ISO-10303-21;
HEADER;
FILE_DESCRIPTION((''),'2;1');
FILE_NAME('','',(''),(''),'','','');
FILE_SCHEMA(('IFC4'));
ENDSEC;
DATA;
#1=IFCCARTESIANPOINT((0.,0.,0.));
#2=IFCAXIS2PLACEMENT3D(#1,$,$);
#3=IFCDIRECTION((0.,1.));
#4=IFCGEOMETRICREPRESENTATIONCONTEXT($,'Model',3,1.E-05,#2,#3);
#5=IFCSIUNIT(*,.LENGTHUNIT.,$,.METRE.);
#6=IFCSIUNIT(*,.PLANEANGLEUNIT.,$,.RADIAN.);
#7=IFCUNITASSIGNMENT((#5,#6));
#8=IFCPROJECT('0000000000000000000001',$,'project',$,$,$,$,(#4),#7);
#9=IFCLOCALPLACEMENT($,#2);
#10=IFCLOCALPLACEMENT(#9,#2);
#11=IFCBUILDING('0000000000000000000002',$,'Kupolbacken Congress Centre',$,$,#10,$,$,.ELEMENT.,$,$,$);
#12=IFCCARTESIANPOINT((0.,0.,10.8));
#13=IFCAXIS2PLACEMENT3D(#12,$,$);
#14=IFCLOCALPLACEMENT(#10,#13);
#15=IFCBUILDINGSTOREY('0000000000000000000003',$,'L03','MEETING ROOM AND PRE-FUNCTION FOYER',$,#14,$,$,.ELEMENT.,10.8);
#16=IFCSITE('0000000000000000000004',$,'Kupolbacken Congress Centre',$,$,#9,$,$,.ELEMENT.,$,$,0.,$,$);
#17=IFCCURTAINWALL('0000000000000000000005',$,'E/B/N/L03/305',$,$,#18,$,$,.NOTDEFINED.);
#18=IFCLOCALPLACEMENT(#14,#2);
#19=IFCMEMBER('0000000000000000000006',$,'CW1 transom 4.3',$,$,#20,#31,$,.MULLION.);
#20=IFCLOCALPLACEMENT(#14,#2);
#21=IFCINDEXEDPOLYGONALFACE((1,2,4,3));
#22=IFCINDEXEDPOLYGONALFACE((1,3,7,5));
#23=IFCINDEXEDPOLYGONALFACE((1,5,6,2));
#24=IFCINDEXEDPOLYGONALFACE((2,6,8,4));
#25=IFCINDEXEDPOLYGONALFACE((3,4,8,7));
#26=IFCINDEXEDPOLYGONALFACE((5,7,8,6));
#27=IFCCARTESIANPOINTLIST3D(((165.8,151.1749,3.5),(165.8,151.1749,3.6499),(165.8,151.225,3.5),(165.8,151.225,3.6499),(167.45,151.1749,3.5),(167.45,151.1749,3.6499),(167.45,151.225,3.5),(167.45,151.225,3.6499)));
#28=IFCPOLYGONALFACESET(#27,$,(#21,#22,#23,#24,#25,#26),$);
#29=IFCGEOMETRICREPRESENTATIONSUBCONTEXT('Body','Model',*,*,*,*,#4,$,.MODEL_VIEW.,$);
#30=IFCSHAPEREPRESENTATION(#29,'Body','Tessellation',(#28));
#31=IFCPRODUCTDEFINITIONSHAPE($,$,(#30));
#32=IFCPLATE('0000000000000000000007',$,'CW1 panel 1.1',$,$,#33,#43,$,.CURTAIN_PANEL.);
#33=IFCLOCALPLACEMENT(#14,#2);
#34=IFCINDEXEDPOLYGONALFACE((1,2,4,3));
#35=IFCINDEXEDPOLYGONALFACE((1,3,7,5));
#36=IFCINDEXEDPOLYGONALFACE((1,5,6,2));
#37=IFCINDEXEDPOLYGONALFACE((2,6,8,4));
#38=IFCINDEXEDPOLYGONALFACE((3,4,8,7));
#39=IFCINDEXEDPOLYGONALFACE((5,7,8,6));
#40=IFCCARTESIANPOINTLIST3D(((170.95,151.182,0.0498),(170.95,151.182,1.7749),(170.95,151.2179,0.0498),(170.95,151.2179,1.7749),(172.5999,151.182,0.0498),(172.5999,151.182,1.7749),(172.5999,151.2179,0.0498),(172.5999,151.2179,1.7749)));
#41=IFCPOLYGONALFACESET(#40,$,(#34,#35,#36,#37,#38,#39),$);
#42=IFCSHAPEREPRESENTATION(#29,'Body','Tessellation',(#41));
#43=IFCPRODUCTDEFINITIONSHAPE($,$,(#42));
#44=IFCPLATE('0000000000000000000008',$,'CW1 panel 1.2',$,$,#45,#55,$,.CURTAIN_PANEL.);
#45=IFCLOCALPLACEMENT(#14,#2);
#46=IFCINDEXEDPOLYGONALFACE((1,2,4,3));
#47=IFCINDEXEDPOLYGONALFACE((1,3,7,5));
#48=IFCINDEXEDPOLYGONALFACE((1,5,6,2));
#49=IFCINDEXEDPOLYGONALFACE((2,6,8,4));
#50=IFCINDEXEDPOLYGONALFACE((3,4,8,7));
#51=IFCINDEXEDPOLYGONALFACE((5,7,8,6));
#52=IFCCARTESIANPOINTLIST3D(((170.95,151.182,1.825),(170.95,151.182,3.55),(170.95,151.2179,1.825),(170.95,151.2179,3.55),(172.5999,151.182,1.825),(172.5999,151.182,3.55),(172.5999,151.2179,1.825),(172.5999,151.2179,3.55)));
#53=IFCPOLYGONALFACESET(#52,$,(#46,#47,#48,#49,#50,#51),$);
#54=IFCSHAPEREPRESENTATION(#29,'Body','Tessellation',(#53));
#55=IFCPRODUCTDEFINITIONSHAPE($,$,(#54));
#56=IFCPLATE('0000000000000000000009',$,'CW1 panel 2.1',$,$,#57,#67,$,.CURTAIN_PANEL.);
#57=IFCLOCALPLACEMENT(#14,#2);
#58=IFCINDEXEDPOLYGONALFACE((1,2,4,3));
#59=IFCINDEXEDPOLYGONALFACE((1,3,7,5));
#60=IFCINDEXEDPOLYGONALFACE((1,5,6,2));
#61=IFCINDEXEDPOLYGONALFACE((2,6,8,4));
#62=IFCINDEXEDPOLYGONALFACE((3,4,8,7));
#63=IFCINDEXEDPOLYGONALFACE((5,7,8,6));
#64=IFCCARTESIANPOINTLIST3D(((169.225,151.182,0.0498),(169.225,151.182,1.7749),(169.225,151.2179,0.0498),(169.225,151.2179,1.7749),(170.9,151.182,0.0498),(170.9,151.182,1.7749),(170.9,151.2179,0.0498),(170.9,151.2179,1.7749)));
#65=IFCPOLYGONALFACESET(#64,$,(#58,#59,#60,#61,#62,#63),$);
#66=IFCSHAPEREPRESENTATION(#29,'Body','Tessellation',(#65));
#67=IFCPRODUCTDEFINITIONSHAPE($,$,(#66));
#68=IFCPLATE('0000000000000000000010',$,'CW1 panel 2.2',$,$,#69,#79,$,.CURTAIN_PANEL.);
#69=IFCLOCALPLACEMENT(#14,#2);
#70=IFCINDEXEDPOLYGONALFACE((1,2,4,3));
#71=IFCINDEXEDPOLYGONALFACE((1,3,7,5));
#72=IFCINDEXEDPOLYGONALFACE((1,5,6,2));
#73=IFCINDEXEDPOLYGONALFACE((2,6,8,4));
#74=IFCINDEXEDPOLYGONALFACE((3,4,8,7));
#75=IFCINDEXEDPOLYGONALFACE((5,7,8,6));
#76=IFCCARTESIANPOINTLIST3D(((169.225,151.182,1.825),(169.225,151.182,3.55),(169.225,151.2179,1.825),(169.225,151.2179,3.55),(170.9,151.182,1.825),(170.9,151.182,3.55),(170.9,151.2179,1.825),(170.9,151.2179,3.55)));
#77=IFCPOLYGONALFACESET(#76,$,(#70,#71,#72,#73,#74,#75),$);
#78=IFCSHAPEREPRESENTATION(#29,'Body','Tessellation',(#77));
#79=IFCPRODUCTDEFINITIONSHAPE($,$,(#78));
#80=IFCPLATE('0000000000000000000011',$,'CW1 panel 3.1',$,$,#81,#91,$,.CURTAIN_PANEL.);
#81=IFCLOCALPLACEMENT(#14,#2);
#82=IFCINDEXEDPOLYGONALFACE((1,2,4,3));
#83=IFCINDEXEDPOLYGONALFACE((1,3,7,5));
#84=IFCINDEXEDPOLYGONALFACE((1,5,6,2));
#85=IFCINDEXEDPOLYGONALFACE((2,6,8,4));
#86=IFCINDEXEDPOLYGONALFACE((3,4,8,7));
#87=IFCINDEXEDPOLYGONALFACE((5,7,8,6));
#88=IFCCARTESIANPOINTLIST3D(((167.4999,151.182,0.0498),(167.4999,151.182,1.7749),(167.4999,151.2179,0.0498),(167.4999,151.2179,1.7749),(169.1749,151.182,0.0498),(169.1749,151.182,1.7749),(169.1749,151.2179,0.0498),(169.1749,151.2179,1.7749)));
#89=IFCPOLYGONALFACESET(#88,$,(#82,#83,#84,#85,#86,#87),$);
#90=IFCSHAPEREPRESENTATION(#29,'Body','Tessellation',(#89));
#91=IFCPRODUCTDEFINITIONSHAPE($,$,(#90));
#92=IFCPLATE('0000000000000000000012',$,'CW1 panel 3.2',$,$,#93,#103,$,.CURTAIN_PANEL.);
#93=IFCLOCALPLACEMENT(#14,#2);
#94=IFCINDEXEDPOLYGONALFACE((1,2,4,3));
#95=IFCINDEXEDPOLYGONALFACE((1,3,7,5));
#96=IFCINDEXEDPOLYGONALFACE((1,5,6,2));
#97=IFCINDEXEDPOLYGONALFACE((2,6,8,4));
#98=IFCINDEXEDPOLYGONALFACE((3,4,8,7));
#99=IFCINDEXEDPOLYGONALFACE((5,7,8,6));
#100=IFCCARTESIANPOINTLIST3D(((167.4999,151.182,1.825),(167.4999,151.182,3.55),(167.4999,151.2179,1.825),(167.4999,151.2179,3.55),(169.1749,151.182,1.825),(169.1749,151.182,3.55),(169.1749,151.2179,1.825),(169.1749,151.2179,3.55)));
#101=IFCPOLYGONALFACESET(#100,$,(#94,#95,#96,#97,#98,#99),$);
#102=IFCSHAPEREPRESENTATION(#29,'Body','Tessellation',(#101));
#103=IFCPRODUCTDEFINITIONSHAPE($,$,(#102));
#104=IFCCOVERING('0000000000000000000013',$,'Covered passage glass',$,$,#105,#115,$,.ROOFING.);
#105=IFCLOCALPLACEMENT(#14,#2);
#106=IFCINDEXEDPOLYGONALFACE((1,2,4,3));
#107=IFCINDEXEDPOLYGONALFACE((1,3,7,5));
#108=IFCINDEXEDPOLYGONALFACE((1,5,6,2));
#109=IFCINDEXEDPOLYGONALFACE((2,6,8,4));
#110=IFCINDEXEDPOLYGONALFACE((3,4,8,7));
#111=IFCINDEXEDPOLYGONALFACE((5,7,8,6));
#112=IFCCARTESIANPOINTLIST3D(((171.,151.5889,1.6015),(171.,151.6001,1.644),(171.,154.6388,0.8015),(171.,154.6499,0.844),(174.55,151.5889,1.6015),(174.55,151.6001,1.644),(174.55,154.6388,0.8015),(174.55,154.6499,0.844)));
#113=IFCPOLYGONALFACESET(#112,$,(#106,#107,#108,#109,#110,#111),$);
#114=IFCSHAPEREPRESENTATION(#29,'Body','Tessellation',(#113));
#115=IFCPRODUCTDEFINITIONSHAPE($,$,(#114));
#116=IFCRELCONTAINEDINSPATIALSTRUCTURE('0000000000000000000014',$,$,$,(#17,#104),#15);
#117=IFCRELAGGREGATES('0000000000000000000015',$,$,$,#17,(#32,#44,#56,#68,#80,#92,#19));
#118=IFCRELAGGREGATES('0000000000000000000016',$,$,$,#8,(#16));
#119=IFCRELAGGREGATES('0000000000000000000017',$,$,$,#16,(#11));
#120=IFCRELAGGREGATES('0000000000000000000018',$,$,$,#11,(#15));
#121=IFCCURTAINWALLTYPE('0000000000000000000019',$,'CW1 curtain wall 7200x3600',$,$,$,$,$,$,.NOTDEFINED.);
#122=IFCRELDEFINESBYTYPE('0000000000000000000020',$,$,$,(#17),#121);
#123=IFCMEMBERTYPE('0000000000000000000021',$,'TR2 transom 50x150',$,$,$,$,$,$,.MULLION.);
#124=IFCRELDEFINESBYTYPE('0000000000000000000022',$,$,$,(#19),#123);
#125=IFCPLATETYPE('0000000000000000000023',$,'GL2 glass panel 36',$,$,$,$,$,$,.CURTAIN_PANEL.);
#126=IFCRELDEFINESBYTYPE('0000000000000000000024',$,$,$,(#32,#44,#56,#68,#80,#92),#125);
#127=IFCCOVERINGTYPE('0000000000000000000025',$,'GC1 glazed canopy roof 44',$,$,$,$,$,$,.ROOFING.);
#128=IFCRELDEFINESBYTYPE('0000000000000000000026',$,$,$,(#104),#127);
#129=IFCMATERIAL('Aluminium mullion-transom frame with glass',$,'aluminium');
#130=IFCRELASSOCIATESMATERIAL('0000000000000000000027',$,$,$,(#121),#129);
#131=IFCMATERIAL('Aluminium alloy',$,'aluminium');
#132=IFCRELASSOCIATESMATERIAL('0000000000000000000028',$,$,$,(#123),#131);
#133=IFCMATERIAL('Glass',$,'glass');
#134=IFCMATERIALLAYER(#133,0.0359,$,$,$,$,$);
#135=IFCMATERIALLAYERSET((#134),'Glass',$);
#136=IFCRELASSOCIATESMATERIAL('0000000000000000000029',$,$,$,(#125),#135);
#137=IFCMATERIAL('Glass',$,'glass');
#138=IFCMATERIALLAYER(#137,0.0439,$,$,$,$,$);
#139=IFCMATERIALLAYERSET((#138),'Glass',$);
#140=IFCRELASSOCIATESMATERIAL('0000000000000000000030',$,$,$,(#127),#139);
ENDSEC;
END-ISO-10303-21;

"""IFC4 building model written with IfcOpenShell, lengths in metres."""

from ifc_helpers import new_model, si_unit, direction, frame, origin, origin_2d, place, context, subcontext, project, spatial, polyline, rectangle, outline, extrude, material, layer, layer_set, material_profile, profile_set, type_object, element, aggregate, save


model = new_model("IFC4")

# Units and contexts
model_context = context("Model", 3, precision=1e-05, world=origin(), true_north=direction((0.0, 1.0)))
body_context = subcontext(model_context, "Body", "Model", "MODEL_VIEW")
ifc_project = project(units=[si_unit("LENGTHUNIT", "METRE"), si_unit("PLANEANGLEUNIT", "RADIAN")], contexts=[model_context])

# Site, building, storey
site_placement = place(None, origin())
site = spatial("IfcSite", under=ifc_project, at=site_placement, Name="Kupolbacken Congress Centre", CompositionType="ELEMENT", RefElevation=0.0)
building_placement = place(site_placement, origin())
building = spatial("IfcBuilding", under=site, at=building_placement, Name="Kupolbacken Congress Centre", CompositionType="ELEMENT")
storey_placement = place(building_placement, frame((0.0, 0.0, 10.8)))
storey = spatial("IfcBuildingStorey", under=building, at=storey_placement, Name="L03", Description="MEETING ROOM AND PRE-FUNCTION FOYER", CompositionType="ELEMENT", Elevation=10.8)

# Curtain wall, member, plates
ifc_material_1 = material(Name="Aluminium mullion-transom frame with glass", Category="aluminium")
curtain_wall_type = type_object("IfcCurtainWallType", Name="CW1 curtain wall 7200x3600", PredefinedType="NOTDEFINED", material=ifc_material_1)
curtain_wall_placement = place(storey_placement, origin())
curtain_wall = element("IfcCurtainWall", 1, at=curtain_wall_placement, inside=storey, type_object=curtain_wall_type, Name="E/B/N/L03/305", PredefinedType="NOTDEFINED")
ifc_material_2 = material(Name="Aluminium alloy", Category="aluminium")
ifc_material_profile_1 = material_profile(ifc_material_2, rectangle(XDim=0.05, YDim=0.1499, at=origin_2d()), Name="50 x 150")
ifc_profile_set_1 = profile_set([ifc_material_profile_1], Name="Aluminium alloy")
member_type_1 = type_object("IfcMemberType", Name="TR2 transom 50x150", PredefinedType="MULLION", material=ifc_profile_set_1)
member_1_placement = place(storey_placement, frame((167.45, 151.2, 3.575), z_axis=(-1.0, 0.0, 0.0), x_axis=(0.0, -1.0, 0.0)))
member_1 = element("IfcMember", 2, at=member_1_placement, type_object=member_type_1, Name="CW1 transom 4.3", PredefinedType="MULLION", context=body_context, shape_type="SweptSolid", body=[
    extrude(rectangle(XDim=0.05, YDim=0.1499, at=origin_2d()), origin(), (0.0, 0.0, 1.0), 1.6499),
])
ifc_material_3 = material(Name="Glass", Category="glass")
ifc_layer_1 = layer(ifc_material_3, 0.0359)
ifc_layer_set_1 = layer_set([ifc_layer_1], Name="Glass")
plate_type = type_object("IfcPlateType", Name="GL2 glass panel 36", PredefinedType="CURTAIN_PANEL", material=ifc_layer_set_1)
plate_1_placement = place(storey_placement, frame((171.7749, 151.2, 0.0498), z_axis=(0.0, 0.0, 1.0), x_axis=(-1.0, 0.0, 0.0)))
plate_1 = element("IfcPlate", 3, at=plate_1_placement, type_object=plate_type, Name="CW1 panel 1.1", PredefinedType="CURTAIN_PANEL", context=body_context, shape_type="SweptSolid", body=[
    extrude(rectangle(XDim=1.6499, YDim=0.0359, at=origin_2d()), origin(), (0.0, 0.0, 1.0), 1.7251),
])
plate_2_placement = place(storey_placement, frame((171.7749, 151.2, 1.825), z_axis=(0.0, 0.0, 1.0), x_axis=(-1.0, 0.0, 0.0)))
plate_2 = element("IfcPlate", 4, at=plate_2_placement, type_object=plate_type, Name="CW1 panel 1.2", PredefinedType="CURTAIN_PANEL", context=body_context, shape_type="SweptSolid", body=[
    extrude(rectangle(XDim=1.6499, YDim=0.0359, at=origin_2d()), origin(), (0.0, 0.0, 1.0), 1.7251),
])
plate_3_placement = place(storey_placement, frame((170.0625, 151.2, 0.0498), z_axis=(0.0, 0.0, 1.0), x_axis=(-1.0, 0.0, 0.0)))
plate_3 = element("IfcPlate", 5, at=plate_3_placement, type_object=plate_type, Name="CW1 panel 2.1", PredefinedType="CURTAIN_PANEL", context=body_context, shape_type="SweptSolid", body=[
    extrude(rectangle(XDim=1.675, YDim=0.0359, at=origin_2d()), origin(), (0.0, 0.0, 1.0), 1.7251),
])
plate_4_placement = place(storey_placement, frame((170.0625, 151.2, 1.825), z_axis=(0.0, 0.0, 1.0), x_axis=(-1.0, 0.0, 0.0)))
plate_4 = element("IfcPlate", 6, at=plate_4_placement, type_object=plate_type, Name="CW1 panel 2.2", PredefinedType="CURTAIN_PANEL", context=body_context, shape_type="SweptSolid", body=[
    extrude(rectangle(XDim=1.675, YDim=0.0359, at=origin_2d()), origin(), (0.0, 0.0, 1.0), 1.7251),
])
plate_5_placement = place(storey_placement, frame((168.3374, 151.2, 0.0498), z_axis=(0.0, 0.0, 1.0), x_axis=(-1.0, 0.0, 0.0)))
plate_5 = element("IfcPlate", 7, at=plate_5_placement, type_object=plate_type, Name="CW1 panel 3.1", PredefinedType="CURTAIN_PANEL", context=body_context, shape_type="SweptSolid", body=[
    extrude(rectangle(XDim=1.675, YDim=0.0359, at=origin_2d()), origin(), (0.0, 0.0, 1.0), 1.7251),
])
plate_6_placement = place(storey_placement, frame((168.3374, 151.2, 1.825), z_axis=(0.0, 0.0, 1.0), x_axis=(-1.0, 0.0, 0.0)))
plate_6 = element("IfcPlate", 8, at=plate_6_placement, type_object=plate_type, Name="CW1 panel 3.2", PredefinedType="CURTAIN_PANEL", context=body_context, shape_type="SweptSolid", body=[
    extrude(rectangle(XDim=1.675, YDim=0.0359, at=origin_2d()), origin(), (0.0, 0.0, 1.0), 1.7251),
])
aggregate(curtain_wall, [plate_1, plate_2, plate_3, plate_4, plate_5, plate_6, member_1])

# Covering
ifc_material_4 = material(Name="Glass", Category="glass")
ifc_layer_2 = layer(ifc_material_4, 0.0439)
ifc_layer_set_2 = layer_set([ifc_layer_2], Name="Glass")
covering_type = type_object("IfcCoveringType", Name="GC1 glazed canopy roof 44", PredefinedType="ROOFING", material=ifc_layer_set_2)
covering_placement = place(storey_placement, frame((171.0, 151.6001, 1.644), z_axis=(0.0, 0.253742, 0.967272), x_axis=(1.0, 0.0, 0.0)))
element("IfcCovering", 9, at=covering_placement, inside=storey, type_object=covering_type, Name="Covered passage glass", PredefinedType="ROOFING", context=body_context, shape_type="SweptSolid", body=[
    extrude(outline(polyline([(0.0, 0.0), (3.55, 0.0), (3.55, 3.153), (0.0, 3.153), (0.0, 0.0)])), origin(), (0.0, 0.0, -1.0), 0.0439),
])

save(model, "model.ifc")
